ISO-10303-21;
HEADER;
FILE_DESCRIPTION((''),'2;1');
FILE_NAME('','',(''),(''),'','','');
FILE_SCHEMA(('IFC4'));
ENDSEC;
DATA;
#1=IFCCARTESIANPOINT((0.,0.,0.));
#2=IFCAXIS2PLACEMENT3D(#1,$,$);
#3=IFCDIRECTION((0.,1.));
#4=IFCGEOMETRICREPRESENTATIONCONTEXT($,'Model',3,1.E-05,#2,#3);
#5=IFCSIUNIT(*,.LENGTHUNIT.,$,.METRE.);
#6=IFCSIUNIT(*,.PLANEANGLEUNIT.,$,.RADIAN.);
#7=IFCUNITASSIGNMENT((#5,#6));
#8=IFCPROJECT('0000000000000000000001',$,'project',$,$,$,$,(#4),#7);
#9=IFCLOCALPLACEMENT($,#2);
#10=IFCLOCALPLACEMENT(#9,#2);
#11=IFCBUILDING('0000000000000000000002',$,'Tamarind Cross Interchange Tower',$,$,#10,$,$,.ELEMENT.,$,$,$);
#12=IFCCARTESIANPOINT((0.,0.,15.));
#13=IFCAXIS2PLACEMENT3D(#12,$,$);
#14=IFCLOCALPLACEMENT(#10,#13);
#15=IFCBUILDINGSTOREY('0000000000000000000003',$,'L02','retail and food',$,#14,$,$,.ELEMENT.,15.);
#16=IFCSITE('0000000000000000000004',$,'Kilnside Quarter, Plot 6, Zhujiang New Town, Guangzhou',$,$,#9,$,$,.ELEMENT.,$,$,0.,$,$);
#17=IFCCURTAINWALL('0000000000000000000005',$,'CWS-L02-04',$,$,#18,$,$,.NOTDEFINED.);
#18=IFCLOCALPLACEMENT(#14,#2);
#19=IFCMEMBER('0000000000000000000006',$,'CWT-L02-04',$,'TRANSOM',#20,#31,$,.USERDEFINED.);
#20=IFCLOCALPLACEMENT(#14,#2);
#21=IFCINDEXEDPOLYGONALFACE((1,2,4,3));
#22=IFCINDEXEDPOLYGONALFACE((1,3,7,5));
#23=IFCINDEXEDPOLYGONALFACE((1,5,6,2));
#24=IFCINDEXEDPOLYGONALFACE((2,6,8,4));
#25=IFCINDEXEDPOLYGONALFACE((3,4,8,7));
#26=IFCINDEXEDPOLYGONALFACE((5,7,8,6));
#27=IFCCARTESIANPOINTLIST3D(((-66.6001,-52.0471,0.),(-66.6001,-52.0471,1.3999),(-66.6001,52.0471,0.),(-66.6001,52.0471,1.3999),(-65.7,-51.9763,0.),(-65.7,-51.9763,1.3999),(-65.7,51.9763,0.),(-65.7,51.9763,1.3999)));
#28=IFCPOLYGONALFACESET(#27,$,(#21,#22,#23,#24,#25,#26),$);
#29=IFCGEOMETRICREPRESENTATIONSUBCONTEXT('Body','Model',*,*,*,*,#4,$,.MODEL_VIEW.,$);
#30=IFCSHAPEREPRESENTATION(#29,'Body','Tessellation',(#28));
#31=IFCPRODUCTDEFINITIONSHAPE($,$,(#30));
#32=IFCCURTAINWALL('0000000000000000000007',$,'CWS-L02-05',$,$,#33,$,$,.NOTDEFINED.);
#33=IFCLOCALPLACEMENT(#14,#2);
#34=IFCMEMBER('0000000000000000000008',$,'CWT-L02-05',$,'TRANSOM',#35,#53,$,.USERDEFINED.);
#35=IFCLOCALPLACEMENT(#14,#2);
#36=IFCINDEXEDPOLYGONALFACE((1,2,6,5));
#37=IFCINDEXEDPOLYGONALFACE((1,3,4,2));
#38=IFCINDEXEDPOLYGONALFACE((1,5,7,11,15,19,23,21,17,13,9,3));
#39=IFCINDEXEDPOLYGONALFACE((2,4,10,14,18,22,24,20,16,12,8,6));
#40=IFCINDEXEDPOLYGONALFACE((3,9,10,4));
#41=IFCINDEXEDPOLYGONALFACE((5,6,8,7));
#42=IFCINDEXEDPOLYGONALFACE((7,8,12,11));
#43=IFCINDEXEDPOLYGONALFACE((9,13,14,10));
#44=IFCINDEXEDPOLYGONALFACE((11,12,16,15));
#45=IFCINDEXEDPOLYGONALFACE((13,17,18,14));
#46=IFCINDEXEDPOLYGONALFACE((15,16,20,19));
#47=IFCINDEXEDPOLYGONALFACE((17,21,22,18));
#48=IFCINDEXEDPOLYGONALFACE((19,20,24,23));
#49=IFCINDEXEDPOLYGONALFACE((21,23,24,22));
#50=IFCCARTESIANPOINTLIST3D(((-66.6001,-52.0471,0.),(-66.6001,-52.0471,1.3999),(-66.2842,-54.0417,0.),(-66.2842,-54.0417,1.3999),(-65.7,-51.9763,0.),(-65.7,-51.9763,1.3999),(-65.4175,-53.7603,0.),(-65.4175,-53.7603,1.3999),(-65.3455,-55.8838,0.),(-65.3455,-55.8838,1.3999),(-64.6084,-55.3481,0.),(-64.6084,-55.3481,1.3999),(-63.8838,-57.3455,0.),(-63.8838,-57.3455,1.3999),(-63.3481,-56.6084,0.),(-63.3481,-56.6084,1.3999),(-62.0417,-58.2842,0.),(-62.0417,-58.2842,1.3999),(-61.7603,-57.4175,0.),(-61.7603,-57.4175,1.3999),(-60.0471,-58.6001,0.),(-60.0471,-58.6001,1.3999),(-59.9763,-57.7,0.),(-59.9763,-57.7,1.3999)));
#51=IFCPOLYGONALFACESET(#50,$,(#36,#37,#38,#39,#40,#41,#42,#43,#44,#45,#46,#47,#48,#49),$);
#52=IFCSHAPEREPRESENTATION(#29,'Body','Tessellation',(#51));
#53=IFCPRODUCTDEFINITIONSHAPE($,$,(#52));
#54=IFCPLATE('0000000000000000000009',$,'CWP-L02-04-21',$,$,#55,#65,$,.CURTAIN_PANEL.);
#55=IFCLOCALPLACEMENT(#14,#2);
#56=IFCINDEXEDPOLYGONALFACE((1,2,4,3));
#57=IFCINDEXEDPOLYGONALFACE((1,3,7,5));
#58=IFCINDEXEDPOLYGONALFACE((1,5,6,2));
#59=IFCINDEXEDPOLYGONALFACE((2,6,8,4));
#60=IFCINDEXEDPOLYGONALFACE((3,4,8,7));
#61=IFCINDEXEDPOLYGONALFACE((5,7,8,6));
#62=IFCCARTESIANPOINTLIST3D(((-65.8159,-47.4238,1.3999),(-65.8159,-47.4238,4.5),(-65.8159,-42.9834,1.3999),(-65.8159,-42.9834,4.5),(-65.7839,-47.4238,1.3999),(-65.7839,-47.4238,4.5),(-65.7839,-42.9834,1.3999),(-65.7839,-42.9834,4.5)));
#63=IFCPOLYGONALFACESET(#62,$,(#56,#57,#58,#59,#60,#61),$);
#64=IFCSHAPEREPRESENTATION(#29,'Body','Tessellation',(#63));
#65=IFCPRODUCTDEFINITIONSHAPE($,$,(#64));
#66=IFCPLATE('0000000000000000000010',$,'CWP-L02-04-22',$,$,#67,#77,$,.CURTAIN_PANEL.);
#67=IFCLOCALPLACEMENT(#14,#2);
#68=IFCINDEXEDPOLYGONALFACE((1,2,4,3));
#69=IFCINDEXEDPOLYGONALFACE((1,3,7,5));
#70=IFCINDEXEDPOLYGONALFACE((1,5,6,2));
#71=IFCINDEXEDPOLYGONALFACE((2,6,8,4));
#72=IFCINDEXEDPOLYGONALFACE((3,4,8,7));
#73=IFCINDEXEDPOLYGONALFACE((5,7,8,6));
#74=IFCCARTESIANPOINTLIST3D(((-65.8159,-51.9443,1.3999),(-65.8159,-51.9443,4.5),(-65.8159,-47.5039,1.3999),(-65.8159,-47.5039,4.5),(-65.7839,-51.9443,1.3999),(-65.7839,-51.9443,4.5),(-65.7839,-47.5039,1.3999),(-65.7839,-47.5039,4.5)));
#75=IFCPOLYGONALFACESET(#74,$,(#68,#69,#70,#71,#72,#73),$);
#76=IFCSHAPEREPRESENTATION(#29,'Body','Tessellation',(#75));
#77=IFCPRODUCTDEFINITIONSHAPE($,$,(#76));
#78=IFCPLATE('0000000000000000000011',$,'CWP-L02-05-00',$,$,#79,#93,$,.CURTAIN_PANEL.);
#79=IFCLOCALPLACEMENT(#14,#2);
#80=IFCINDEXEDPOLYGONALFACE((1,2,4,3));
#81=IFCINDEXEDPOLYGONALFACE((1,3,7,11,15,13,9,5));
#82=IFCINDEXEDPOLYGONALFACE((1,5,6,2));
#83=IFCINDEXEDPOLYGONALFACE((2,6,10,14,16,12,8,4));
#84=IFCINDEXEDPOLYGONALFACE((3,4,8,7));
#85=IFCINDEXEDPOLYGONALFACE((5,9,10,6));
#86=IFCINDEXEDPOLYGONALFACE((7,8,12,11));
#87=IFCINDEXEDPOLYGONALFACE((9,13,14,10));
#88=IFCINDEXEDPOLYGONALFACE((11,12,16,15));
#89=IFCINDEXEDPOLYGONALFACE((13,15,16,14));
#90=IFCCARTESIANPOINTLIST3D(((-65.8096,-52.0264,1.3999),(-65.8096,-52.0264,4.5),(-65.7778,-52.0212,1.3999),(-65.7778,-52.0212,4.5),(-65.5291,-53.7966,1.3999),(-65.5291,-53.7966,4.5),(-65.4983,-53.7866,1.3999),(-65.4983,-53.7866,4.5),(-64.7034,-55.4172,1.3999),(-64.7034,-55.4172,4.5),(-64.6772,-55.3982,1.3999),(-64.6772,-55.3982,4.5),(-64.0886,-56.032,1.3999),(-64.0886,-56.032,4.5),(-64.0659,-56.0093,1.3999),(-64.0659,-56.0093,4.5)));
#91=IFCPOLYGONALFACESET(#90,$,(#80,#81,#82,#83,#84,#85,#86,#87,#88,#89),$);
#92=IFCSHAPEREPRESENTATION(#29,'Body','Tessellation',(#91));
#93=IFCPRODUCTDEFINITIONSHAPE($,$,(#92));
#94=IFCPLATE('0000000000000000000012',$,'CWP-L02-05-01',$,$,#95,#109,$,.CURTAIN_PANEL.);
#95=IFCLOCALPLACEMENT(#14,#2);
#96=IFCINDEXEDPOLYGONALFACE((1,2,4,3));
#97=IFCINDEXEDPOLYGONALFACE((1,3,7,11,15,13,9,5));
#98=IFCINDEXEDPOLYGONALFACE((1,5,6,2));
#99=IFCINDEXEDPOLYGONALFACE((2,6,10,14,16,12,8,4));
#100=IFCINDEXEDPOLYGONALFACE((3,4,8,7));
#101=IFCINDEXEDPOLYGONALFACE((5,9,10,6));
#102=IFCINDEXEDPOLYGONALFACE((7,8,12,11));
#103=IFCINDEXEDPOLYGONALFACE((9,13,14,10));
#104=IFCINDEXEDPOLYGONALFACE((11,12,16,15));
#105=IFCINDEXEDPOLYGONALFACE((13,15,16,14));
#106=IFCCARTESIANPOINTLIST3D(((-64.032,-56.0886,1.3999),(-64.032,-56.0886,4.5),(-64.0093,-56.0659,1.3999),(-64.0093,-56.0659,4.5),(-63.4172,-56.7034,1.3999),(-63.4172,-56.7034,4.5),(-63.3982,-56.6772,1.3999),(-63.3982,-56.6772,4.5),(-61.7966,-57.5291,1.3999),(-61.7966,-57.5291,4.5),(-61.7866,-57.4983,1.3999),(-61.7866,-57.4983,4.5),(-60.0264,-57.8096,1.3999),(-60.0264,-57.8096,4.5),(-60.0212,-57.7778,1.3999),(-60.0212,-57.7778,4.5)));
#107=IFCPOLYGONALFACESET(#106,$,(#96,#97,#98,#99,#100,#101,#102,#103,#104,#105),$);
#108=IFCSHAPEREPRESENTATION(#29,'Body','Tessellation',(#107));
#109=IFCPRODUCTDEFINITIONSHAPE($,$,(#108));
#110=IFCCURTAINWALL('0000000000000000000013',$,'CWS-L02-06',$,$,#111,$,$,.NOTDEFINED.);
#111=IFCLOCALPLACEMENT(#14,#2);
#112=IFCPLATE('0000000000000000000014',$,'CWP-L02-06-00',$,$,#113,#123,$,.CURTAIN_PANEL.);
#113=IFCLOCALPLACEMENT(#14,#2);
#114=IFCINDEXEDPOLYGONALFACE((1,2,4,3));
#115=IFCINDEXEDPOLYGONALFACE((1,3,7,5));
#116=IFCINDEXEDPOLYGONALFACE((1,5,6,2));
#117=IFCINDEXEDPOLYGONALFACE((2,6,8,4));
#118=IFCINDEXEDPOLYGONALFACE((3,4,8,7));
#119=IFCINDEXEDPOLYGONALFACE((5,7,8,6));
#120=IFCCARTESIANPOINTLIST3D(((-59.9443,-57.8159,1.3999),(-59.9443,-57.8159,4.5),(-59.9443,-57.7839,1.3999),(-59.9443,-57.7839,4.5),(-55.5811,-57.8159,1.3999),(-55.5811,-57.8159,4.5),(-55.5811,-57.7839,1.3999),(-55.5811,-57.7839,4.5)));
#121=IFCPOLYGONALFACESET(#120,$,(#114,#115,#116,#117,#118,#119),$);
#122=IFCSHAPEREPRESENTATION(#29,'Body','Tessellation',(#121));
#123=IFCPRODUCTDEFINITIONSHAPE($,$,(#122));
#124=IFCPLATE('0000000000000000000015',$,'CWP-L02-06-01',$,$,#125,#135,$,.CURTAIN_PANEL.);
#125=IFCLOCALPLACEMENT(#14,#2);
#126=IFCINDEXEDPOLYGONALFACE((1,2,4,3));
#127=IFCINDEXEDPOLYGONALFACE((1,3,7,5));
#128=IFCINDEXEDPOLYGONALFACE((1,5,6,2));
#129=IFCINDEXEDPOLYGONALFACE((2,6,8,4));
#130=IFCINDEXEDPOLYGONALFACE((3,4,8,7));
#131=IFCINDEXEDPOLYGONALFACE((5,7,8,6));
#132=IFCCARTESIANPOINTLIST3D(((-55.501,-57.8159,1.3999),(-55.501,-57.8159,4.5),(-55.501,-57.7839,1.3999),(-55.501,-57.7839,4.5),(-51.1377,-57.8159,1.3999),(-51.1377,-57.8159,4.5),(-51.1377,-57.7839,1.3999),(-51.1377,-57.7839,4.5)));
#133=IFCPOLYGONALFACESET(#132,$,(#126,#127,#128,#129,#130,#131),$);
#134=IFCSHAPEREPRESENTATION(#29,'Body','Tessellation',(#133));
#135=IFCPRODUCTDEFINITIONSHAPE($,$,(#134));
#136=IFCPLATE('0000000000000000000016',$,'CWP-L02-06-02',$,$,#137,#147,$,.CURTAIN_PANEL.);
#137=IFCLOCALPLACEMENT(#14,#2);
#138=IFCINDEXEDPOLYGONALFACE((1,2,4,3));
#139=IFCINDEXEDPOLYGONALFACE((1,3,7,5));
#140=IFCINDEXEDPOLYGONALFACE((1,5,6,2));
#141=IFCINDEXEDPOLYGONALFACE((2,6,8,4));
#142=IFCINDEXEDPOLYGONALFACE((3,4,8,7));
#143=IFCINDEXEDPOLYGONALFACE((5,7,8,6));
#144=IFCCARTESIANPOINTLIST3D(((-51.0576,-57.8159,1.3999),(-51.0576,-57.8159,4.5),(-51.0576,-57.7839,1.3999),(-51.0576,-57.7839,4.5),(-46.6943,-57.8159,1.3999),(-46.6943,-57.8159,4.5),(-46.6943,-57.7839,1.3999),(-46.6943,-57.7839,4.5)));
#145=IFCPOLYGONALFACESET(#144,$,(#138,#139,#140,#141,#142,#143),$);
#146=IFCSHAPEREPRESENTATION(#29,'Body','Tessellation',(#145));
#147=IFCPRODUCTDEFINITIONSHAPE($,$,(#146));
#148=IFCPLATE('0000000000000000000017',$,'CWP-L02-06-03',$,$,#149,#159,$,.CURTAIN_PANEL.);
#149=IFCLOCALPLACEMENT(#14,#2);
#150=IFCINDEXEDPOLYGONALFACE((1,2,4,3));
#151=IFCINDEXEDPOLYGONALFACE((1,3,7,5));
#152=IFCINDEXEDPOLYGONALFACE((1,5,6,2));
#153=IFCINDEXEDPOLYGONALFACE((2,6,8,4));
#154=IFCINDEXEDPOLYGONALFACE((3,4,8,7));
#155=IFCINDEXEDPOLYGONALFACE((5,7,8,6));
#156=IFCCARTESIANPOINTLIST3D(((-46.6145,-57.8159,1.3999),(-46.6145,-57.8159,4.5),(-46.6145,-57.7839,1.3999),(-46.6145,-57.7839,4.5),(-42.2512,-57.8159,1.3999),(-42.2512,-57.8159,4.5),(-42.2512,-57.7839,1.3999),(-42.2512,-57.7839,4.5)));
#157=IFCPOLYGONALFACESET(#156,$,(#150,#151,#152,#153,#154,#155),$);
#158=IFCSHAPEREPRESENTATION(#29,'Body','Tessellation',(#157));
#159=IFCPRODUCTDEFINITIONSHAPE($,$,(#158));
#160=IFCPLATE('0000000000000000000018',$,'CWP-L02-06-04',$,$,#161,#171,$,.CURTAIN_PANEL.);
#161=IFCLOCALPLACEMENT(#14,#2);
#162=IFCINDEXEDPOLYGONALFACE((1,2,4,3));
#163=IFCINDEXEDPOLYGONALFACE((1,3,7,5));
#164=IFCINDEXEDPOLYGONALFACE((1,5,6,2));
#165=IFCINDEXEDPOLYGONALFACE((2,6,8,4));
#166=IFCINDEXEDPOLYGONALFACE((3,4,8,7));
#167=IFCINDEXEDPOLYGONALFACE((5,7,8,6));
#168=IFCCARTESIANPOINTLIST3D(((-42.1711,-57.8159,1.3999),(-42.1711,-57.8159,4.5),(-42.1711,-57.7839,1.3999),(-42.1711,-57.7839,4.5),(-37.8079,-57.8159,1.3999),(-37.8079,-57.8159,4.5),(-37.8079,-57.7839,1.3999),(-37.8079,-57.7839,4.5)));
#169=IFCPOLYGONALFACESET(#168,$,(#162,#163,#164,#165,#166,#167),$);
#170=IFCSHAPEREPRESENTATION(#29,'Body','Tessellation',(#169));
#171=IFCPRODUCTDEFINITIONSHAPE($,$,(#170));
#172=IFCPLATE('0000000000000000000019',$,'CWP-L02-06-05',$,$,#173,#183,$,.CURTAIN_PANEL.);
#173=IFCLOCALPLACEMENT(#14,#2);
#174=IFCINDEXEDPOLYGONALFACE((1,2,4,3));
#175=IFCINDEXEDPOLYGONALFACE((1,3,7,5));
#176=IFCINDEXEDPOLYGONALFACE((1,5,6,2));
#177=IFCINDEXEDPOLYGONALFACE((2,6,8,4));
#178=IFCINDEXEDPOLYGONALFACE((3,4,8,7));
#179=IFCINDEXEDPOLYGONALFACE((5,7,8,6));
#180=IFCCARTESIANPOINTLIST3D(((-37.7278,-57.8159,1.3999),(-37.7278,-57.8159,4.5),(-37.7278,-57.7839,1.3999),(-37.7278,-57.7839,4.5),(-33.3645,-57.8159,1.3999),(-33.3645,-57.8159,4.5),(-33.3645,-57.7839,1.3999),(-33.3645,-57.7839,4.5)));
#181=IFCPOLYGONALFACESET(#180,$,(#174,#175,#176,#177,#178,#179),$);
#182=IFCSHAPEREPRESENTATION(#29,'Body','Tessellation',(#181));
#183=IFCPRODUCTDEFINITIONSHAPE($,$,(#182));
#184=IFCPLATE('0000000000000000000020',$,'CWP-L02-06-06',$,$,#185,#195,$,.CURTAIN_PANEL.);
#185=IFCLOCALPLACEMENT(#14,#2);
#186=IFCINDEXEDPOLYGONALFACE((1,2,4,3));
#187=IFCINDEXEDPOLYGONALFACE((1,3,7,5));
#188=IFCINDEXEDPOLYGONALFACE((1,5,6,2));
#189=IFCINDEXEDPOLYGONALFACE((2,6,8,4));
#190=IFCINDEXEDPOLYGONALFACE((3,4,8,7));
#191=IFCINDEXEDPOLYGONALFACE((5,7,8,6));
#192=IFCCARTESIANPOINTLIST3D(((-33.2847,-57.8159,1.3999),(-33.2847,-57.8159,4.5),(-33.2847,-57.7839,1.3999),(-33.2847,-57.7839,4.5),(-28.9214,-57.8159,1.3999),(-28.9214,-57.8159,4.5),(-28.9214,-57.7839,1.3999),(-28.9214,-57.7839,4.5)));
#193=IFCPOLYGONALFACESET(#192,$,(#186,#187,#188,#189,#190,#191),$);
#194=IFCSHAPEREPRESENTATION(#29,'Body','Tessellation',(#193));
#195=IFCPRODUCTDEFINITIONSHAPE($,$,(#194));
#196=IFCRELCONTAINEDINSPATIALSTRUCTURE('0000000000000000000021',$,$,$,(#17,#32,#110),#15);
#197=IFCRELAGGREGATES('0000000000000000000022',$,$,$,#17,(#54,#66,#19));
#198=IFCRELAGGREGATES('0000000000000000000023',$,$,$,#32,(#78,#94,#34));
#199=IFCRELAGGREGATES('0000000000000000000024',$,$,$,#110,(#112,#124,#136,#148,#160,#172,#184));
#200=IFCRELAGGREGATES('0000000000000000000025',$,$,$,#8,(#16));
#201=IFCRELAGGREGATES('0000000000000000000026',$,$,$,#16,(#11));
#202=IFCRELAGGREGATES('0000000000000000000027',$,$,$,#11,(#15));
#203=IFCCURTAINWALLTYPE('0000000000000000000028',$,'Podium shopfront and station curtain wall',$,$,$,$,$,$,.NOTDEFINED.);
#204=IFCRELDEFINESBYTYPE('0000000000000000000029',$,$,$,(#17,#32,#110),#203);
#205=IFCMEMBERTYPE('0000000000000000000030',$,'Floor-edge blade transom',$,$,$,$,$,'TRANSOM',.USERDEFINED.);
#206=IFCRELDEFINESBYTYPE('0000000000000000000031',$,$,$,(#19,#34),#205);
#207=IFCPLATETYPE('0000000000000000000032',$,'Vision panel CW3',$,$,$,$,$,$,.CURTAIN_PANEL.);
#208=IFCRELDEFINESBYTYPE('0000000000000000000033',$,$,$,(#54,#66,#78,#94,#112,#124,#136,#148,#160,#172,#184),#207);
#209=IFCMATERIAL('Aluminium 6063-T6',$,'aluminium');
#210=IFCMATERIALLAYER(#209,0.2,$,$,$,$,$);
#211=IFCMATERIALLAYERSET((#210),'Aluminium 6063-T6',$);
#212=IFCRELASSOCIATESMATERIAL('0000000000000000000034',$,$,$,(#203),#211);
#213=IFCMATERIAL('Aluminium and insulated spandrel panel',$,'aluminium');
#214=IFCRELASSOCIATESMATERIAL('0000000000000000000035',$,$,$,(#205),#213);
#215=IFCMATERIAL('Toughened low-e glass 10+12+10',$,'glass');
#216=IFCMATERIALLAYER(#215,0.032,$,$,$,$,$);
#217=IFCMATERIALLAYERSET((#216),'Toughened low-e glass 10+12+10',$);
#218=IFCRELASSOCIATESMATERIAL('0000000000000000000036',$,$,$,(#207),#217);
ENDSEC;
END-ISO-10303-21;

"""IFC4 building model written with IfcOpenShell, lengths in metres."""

from ifc_helpers import new_model, si_unit, direction, frame, origin, place, context, subcontext, project, spatial, polyline, outline, extrude, material, layer, layer_set, type_object, element, aggregate, save


model = new_model("IFC4")

# Units and contexts
model_context = context("Model", 3, precision=1e-05, world=origin(), true_north=direction((0.0, 1.0)))
body_context = subcontext(model_context, "Body", "Model", "MODEL_VIEW")
ifc_project = project(units=[si_unit("LENGTHUNIT", "METRE"), si_unit("PLANEANGLEUNIT", "RADIAN")], contexts=[model_context])

# Site, building, storey
site_placement = place(None, origin())
site = spatial("IfcSite", under=ifc_project, at=site_placement, Name="Kilnside Quarter, Plot 6, Zhujiang New Town, Guangzhou", CompositionType="ELEMENT", RefElevation=0.0)
building_placement = place(site_placement, origin())
building = spatial("IfcBuilding", under=site, at=building_placement, Name="Tamarind Cross Interchange Tower", CompositionType="ELEMENT")
storey_placement = place(building_placement, frame((0.0, 0.0, 15.0)))
storey = spatial("IfcBuildingStorey", under=building, at=storey_placement, Name="L02", Description="retail and food", CompositionType="ELEMENT", Elevation=15.0)

# Curtain walls, members
ifc_material_1 = material(Name="Aluminium 6063-T6", Category="aluminium")
ifc_layer_1 = layer(ifc_material_1, 0.2)
ifc_layer_set_1 = layer_set([ifc_layer_1], Name="Aluminium 6063-T6")
curtain_wall_type = type_object("IfcCurtainWallType", Name="Podium shopfront and station curtain wall", PredefinedType="NOTDEFINED", material=ifc_layer_set_1)
curtain_wall_1_placement = place(storey_placement, origin())
curtain_wall_1 = element("IfcCurtainWall", 1, at=curtain_wall_1_placement, inside=storey, type_object=curtain_wall_type, Name="CWS-L02-04", PredefinedType="NOTDEFINED")
ifc_material_2 = material(Name="Aluminium and insulated spandrel panel", Category="aluminium")
member_type = type_object("IfcMemberType", Name="Floor-edge blade transom", ElementType="TRANSOM", PredefinedType="USERDEFINED", material=ifc_material_2)
member_1_placement = place(storey_placement, origin())
member_1 = element("IfcMember", 2, at=member_1_placement, type_object=member_type, Name="CWT-L02-04", ObjectType="TRANSOM", PredefinedType="USERDEFINED", context=body_context, shape_type="SweptSolid", body=[
    extrude(outline(polyline([(-65.7, 51.9763), (-65.7, -51.9763), (-66.6001, -52.0471), (-66.6001, 52.0471), (-65.7, 51.9763)])), origin(), (0.0, 0.0, 1.0), 1.3999),
])
curtain_wall_2_placement = place(storey_placement, origin())
curtain_wall_2 = element("IfcCurtainWall", 3, at=curtain_wall_2_placement, inside=storey, type_object=curtain_wall_type, Name="CWS-L02-05", PredefinedType="NOTDEFINED")
member_2_placement = place(storey_placement, origin())
member_2 = element("IfcMember", 4, at=member_2_placement, type_object=member_type, Name="CWT-L02-05", ObjectType="TRANSOM", PredefinedType="USERDEFINED", context=body_context, shape_type="SweptSolid", body=[
    extrude(outline(polyline([(-65.7, -51.9763), (-65.4175, -53.7603), (-64.6084, -55.3481), (-63.3481, -56.6084), (-61.7603, -57.4175), (-59.9763, -57.7), (-60.0471, -58.6001), (-62.0417, -58.2842), (-63.8838, -57.3455), (-65.3455, -55.8838), (-66.2842, -54.0417), (-66.6001, -52.0471), (-65.7, -51.9763)])), origin(), (0.0, 0.0, 1.0), 1.3999),
])

# Plates
ifc_material_3 = material(Name="Toughened low-e glass 10+12+10", Category="glass")
ifc_layer_2 = layer(ifc_material_3, 0.032)
ifc_layer_set_2 = layer_set([ifc_layer_2], Name="Toughened low-e glass 10+12+10")
plate_type = type_object("IfcPlateType", Name="Vision panel CW3", PredefinedType="CURTAIN_PANEL", material=ifc_layer_set_2)
plate_1_placement = place(storey_placement, frame((0.0, 0.0, 1.3999)))
plate_1 = element("IfcPlate", 5, at=plate_1_placement, type_object=plate_type, Name="CWP-L02-04-21", PredefinedType="CURTAIN_PANEL", context=body_context, shape_type="SweptSolid", body=[
    extrude(outline(polyline([(-65.7839, -42.9834), (-65.7839, -47.4238), (-65.8159, -47.4238), (-65.8159, -42.9834), (-65.7839, -42.9834)])), origin(), (0.0, 0.0, 1.0), 3.1001),
])
plate_2_placement = place(storey_placement, frame((0.0, 0.0, 1.3999)))
plate_2 = element("IfcPlate", 6, at=plate_2_placement, type_object=plate_type, Name="CWP-L02-04-22", PredefinedType="CURTAIN_PANEL", context=body_context, shape_type="SweptSolid", body=[
    extrude(outline(polyline([(-65.7839, -47.5039), (-65.7839, -51.9443), (-65.8159, -51.9443), (-65.8159, -47.5039), (-65.7839, -47.5039)])), origin(), (0.0, 0.0, 1.0), 3.1001),
])
aggregate(curtain_wall_1, [plate_1, plate_2, member_1])
plate_3_placement = place(storey_placement, frame((0.0, 0.0, 1.3999)))
plate_3 = element("IfcPlate", 7, at=plate_3_placement, type_object=plate_type, Name="CWP-L02-05-00", PredefinedType="CURTAIN_PANEL", context=body_context, shape_type="SweptSolid", body=[
    extrude(outline(polyline([(-65.7778, -52.0212), (-65.4983, -53.7866), (-64.6772, -55.3982), (-64.0659, -56.0093), (-64.0886, -56.032), (-64.7034, -55.4172), (-65.5291, -53.7966), (-65.8096, -52.0264), (-65.7778, -52.0212)])), origin(), (0.0, 0.0, 1.0), 3.1001),
])
plate_4_placement = place(storey_placement, frame((0.0, 0.0, 1.3999)))
plate_4 = element("IfcPlate", 8, at=plate_4_placement, type_object=plate_type, Name="CWP-L02-05-01", PredefinedType="CURTAIN_PANEL", context=body_context, shape_type="SweptSolid", body=[
    extrude(outline(polyline([(-64.0093, -56.0659), (-63.3982, -56.6772), (-61.7866, -57.4983), (-60.0212, -57.7778), (-60.0264, -57.8096), (-61.7966, -57.5291), (-63.4172, -56.7034), (-64.032, -56.0886), (-64.0093, -56.0659)])), origin(), (0.0, 0.0, 1.0), 3.1001),
])
aggregate(curtain_wall_2, [plate_3, plate_4, member_2])

# Curtain wall, plates
curtain_wall_3_placement = place(storey_placement, origin())
curtain_wall_3 = element("IfcCurtainWall", 9, at=curtain_wall_3_placement, inside=storey, type_object=curtain_wall_type, Name="CWS-L02-06", PredefinedType="NOTDEFINED")
plate_5_placement = place(storey_placement, frame((0.0, 0.0, 1.3999)))
plate_5 = element("IfcPlate", 10, at=plate_5_placement, type_object=plate_type, Name="CWP-L02-06-00", PredefinedType="CURTAIN_PANEL", context=body_context, shape_type="SweptSolid", body=[
    extrude(outline(polyline([(-59.9443, -57.7839), (-55.5811, -57.7839), (-55.5811, -57.8159), (-59.9443, -57.8159), (-59.9443, -57.7839)])), origin(), (0.0, 0.0, 1.0), 3.1001),
])
plate_6_placement = place(storey_placement, frame((0.0, 0.0, 1.3999)))
plate_6 = element("IfcPlate", 11, at=plate_6_placement, type_object=plate_type, Name="CWP-L02-06-01", PredefinedType="CURTAIN_PANEL", context=body_context, shape_type="SweptSolid", body=[
    extrude(outline(polyline([(-55.501, -57.7839), (-51.1377, -57.7839), (-51.1377, -57.8159), (-55.501, -57.8159), (-55.501, -57.7839)])), origin(), (0.0, 0.0, 1.0), 3.1001),
])
plate_7_placement = place(storey_placement, frame((0.0, 0.0, 1.3999)))
plate_7 = element("IfcPlate", 12, at=plate_7_placement, type_object=plate_type, Name="CWP-L02-06-02", PredefinedType="CURTAIN_PANEL", context=body_context, shape_type="SweptSolid", body=[
    extrude(outline(polyline([(-51.0576, -57.7839), (-46.6943, -57.7839), (-46.6943, -57.8159), (-51.0576, -57.8159), (-51.0576, -57.7839)])), origin(), (0.0, 0.0, 1.0), 3.1001),
])
plate_8_placement = place(storey_placement, frame((0.0, 0.0, 1.3999)))
plate_8 = element("IfcPlate", 13, at=plate_8_placement, type_object=plate_type, Name="CWP-L02-06-03", PredefinedType="CURTAIN_PANEL", context=body_context, shape_type="SweptSolid", body=[
    extrude(outline(polyline([(-46.6145, -57.7839), (-42.2512, -57.7839), (-42.2512, -57.8159), (-46.6145, -57.8159), (-46.6145, -57.7839)])), origin(), (0.0, 0.0, 1.0), 3.1001),
])
plate_9_placement = place(storey_placement, frame((0.0, 0.0, 1.3999)))
plate_9 = element("IfcPlate", 14, at=plate_9_placement, type_object=plate_type, Name="CWP-L02-06-04", PredefinedType="CURTAIN_PANEL", context=body_context, shape_type="SweptSolid", body=[
    extrude(outline(polyline([(-42.1711, -57.7839), (-37.8079, -57.7839), (-37.8079, -57.8159), (-42.1711, -57.8159), (-42.1711, -57.7839)])), origin(), (0.0, 0.0, 1.0), 3.1001),
])
plate_10_placement = place(storey_placement, frame((0.0, 0.0, 1.3999)))
plate_10 = element("IfcPlate", 15, at=plate_10_placement, type_object=plate_type, Name="CWP-L02-06-05", PredefinedType="CURTAIN_PANEL", context=body_context, shape_type="SweptSolid", body=[
    extrude(outline(polyline([(-37.7278, -57.7839), (-33.3645, -57.7839), (-33.3645, -57.8159), (-37.7278, -57.8159), (-37.7278, -57.7839)])), origin(), (0.0, 0.0, 1.0), 3.1001),
])
plate_11_placement = place(storey_placement, frame((0.0, 0.0, 1.3999)))
plate_11 = element("IfcPlate", 16, at=plate_11_placement, type_object=plate_type, Name="CWP-L02-06-06", PredefinedType="CURTAIN_PANEL", context=body_context, shape_type="SweptSolid", body=[
    extrude(outline(polyline([(-33.2847, -57.7839), (-28.9214, -57.7839), (-28.9214, -57.8159), (-33.2847, -57.8159), (-33.2847, -57.7839)])), origin(), (0.0, 0.0, 1.0), 3.1001),
])
aggregate(curtain_wall_3, [plate_5, plate_6, plate_7, plate_8, plate_9, plate_10, plate_11])

save(model, "model.ifc")
